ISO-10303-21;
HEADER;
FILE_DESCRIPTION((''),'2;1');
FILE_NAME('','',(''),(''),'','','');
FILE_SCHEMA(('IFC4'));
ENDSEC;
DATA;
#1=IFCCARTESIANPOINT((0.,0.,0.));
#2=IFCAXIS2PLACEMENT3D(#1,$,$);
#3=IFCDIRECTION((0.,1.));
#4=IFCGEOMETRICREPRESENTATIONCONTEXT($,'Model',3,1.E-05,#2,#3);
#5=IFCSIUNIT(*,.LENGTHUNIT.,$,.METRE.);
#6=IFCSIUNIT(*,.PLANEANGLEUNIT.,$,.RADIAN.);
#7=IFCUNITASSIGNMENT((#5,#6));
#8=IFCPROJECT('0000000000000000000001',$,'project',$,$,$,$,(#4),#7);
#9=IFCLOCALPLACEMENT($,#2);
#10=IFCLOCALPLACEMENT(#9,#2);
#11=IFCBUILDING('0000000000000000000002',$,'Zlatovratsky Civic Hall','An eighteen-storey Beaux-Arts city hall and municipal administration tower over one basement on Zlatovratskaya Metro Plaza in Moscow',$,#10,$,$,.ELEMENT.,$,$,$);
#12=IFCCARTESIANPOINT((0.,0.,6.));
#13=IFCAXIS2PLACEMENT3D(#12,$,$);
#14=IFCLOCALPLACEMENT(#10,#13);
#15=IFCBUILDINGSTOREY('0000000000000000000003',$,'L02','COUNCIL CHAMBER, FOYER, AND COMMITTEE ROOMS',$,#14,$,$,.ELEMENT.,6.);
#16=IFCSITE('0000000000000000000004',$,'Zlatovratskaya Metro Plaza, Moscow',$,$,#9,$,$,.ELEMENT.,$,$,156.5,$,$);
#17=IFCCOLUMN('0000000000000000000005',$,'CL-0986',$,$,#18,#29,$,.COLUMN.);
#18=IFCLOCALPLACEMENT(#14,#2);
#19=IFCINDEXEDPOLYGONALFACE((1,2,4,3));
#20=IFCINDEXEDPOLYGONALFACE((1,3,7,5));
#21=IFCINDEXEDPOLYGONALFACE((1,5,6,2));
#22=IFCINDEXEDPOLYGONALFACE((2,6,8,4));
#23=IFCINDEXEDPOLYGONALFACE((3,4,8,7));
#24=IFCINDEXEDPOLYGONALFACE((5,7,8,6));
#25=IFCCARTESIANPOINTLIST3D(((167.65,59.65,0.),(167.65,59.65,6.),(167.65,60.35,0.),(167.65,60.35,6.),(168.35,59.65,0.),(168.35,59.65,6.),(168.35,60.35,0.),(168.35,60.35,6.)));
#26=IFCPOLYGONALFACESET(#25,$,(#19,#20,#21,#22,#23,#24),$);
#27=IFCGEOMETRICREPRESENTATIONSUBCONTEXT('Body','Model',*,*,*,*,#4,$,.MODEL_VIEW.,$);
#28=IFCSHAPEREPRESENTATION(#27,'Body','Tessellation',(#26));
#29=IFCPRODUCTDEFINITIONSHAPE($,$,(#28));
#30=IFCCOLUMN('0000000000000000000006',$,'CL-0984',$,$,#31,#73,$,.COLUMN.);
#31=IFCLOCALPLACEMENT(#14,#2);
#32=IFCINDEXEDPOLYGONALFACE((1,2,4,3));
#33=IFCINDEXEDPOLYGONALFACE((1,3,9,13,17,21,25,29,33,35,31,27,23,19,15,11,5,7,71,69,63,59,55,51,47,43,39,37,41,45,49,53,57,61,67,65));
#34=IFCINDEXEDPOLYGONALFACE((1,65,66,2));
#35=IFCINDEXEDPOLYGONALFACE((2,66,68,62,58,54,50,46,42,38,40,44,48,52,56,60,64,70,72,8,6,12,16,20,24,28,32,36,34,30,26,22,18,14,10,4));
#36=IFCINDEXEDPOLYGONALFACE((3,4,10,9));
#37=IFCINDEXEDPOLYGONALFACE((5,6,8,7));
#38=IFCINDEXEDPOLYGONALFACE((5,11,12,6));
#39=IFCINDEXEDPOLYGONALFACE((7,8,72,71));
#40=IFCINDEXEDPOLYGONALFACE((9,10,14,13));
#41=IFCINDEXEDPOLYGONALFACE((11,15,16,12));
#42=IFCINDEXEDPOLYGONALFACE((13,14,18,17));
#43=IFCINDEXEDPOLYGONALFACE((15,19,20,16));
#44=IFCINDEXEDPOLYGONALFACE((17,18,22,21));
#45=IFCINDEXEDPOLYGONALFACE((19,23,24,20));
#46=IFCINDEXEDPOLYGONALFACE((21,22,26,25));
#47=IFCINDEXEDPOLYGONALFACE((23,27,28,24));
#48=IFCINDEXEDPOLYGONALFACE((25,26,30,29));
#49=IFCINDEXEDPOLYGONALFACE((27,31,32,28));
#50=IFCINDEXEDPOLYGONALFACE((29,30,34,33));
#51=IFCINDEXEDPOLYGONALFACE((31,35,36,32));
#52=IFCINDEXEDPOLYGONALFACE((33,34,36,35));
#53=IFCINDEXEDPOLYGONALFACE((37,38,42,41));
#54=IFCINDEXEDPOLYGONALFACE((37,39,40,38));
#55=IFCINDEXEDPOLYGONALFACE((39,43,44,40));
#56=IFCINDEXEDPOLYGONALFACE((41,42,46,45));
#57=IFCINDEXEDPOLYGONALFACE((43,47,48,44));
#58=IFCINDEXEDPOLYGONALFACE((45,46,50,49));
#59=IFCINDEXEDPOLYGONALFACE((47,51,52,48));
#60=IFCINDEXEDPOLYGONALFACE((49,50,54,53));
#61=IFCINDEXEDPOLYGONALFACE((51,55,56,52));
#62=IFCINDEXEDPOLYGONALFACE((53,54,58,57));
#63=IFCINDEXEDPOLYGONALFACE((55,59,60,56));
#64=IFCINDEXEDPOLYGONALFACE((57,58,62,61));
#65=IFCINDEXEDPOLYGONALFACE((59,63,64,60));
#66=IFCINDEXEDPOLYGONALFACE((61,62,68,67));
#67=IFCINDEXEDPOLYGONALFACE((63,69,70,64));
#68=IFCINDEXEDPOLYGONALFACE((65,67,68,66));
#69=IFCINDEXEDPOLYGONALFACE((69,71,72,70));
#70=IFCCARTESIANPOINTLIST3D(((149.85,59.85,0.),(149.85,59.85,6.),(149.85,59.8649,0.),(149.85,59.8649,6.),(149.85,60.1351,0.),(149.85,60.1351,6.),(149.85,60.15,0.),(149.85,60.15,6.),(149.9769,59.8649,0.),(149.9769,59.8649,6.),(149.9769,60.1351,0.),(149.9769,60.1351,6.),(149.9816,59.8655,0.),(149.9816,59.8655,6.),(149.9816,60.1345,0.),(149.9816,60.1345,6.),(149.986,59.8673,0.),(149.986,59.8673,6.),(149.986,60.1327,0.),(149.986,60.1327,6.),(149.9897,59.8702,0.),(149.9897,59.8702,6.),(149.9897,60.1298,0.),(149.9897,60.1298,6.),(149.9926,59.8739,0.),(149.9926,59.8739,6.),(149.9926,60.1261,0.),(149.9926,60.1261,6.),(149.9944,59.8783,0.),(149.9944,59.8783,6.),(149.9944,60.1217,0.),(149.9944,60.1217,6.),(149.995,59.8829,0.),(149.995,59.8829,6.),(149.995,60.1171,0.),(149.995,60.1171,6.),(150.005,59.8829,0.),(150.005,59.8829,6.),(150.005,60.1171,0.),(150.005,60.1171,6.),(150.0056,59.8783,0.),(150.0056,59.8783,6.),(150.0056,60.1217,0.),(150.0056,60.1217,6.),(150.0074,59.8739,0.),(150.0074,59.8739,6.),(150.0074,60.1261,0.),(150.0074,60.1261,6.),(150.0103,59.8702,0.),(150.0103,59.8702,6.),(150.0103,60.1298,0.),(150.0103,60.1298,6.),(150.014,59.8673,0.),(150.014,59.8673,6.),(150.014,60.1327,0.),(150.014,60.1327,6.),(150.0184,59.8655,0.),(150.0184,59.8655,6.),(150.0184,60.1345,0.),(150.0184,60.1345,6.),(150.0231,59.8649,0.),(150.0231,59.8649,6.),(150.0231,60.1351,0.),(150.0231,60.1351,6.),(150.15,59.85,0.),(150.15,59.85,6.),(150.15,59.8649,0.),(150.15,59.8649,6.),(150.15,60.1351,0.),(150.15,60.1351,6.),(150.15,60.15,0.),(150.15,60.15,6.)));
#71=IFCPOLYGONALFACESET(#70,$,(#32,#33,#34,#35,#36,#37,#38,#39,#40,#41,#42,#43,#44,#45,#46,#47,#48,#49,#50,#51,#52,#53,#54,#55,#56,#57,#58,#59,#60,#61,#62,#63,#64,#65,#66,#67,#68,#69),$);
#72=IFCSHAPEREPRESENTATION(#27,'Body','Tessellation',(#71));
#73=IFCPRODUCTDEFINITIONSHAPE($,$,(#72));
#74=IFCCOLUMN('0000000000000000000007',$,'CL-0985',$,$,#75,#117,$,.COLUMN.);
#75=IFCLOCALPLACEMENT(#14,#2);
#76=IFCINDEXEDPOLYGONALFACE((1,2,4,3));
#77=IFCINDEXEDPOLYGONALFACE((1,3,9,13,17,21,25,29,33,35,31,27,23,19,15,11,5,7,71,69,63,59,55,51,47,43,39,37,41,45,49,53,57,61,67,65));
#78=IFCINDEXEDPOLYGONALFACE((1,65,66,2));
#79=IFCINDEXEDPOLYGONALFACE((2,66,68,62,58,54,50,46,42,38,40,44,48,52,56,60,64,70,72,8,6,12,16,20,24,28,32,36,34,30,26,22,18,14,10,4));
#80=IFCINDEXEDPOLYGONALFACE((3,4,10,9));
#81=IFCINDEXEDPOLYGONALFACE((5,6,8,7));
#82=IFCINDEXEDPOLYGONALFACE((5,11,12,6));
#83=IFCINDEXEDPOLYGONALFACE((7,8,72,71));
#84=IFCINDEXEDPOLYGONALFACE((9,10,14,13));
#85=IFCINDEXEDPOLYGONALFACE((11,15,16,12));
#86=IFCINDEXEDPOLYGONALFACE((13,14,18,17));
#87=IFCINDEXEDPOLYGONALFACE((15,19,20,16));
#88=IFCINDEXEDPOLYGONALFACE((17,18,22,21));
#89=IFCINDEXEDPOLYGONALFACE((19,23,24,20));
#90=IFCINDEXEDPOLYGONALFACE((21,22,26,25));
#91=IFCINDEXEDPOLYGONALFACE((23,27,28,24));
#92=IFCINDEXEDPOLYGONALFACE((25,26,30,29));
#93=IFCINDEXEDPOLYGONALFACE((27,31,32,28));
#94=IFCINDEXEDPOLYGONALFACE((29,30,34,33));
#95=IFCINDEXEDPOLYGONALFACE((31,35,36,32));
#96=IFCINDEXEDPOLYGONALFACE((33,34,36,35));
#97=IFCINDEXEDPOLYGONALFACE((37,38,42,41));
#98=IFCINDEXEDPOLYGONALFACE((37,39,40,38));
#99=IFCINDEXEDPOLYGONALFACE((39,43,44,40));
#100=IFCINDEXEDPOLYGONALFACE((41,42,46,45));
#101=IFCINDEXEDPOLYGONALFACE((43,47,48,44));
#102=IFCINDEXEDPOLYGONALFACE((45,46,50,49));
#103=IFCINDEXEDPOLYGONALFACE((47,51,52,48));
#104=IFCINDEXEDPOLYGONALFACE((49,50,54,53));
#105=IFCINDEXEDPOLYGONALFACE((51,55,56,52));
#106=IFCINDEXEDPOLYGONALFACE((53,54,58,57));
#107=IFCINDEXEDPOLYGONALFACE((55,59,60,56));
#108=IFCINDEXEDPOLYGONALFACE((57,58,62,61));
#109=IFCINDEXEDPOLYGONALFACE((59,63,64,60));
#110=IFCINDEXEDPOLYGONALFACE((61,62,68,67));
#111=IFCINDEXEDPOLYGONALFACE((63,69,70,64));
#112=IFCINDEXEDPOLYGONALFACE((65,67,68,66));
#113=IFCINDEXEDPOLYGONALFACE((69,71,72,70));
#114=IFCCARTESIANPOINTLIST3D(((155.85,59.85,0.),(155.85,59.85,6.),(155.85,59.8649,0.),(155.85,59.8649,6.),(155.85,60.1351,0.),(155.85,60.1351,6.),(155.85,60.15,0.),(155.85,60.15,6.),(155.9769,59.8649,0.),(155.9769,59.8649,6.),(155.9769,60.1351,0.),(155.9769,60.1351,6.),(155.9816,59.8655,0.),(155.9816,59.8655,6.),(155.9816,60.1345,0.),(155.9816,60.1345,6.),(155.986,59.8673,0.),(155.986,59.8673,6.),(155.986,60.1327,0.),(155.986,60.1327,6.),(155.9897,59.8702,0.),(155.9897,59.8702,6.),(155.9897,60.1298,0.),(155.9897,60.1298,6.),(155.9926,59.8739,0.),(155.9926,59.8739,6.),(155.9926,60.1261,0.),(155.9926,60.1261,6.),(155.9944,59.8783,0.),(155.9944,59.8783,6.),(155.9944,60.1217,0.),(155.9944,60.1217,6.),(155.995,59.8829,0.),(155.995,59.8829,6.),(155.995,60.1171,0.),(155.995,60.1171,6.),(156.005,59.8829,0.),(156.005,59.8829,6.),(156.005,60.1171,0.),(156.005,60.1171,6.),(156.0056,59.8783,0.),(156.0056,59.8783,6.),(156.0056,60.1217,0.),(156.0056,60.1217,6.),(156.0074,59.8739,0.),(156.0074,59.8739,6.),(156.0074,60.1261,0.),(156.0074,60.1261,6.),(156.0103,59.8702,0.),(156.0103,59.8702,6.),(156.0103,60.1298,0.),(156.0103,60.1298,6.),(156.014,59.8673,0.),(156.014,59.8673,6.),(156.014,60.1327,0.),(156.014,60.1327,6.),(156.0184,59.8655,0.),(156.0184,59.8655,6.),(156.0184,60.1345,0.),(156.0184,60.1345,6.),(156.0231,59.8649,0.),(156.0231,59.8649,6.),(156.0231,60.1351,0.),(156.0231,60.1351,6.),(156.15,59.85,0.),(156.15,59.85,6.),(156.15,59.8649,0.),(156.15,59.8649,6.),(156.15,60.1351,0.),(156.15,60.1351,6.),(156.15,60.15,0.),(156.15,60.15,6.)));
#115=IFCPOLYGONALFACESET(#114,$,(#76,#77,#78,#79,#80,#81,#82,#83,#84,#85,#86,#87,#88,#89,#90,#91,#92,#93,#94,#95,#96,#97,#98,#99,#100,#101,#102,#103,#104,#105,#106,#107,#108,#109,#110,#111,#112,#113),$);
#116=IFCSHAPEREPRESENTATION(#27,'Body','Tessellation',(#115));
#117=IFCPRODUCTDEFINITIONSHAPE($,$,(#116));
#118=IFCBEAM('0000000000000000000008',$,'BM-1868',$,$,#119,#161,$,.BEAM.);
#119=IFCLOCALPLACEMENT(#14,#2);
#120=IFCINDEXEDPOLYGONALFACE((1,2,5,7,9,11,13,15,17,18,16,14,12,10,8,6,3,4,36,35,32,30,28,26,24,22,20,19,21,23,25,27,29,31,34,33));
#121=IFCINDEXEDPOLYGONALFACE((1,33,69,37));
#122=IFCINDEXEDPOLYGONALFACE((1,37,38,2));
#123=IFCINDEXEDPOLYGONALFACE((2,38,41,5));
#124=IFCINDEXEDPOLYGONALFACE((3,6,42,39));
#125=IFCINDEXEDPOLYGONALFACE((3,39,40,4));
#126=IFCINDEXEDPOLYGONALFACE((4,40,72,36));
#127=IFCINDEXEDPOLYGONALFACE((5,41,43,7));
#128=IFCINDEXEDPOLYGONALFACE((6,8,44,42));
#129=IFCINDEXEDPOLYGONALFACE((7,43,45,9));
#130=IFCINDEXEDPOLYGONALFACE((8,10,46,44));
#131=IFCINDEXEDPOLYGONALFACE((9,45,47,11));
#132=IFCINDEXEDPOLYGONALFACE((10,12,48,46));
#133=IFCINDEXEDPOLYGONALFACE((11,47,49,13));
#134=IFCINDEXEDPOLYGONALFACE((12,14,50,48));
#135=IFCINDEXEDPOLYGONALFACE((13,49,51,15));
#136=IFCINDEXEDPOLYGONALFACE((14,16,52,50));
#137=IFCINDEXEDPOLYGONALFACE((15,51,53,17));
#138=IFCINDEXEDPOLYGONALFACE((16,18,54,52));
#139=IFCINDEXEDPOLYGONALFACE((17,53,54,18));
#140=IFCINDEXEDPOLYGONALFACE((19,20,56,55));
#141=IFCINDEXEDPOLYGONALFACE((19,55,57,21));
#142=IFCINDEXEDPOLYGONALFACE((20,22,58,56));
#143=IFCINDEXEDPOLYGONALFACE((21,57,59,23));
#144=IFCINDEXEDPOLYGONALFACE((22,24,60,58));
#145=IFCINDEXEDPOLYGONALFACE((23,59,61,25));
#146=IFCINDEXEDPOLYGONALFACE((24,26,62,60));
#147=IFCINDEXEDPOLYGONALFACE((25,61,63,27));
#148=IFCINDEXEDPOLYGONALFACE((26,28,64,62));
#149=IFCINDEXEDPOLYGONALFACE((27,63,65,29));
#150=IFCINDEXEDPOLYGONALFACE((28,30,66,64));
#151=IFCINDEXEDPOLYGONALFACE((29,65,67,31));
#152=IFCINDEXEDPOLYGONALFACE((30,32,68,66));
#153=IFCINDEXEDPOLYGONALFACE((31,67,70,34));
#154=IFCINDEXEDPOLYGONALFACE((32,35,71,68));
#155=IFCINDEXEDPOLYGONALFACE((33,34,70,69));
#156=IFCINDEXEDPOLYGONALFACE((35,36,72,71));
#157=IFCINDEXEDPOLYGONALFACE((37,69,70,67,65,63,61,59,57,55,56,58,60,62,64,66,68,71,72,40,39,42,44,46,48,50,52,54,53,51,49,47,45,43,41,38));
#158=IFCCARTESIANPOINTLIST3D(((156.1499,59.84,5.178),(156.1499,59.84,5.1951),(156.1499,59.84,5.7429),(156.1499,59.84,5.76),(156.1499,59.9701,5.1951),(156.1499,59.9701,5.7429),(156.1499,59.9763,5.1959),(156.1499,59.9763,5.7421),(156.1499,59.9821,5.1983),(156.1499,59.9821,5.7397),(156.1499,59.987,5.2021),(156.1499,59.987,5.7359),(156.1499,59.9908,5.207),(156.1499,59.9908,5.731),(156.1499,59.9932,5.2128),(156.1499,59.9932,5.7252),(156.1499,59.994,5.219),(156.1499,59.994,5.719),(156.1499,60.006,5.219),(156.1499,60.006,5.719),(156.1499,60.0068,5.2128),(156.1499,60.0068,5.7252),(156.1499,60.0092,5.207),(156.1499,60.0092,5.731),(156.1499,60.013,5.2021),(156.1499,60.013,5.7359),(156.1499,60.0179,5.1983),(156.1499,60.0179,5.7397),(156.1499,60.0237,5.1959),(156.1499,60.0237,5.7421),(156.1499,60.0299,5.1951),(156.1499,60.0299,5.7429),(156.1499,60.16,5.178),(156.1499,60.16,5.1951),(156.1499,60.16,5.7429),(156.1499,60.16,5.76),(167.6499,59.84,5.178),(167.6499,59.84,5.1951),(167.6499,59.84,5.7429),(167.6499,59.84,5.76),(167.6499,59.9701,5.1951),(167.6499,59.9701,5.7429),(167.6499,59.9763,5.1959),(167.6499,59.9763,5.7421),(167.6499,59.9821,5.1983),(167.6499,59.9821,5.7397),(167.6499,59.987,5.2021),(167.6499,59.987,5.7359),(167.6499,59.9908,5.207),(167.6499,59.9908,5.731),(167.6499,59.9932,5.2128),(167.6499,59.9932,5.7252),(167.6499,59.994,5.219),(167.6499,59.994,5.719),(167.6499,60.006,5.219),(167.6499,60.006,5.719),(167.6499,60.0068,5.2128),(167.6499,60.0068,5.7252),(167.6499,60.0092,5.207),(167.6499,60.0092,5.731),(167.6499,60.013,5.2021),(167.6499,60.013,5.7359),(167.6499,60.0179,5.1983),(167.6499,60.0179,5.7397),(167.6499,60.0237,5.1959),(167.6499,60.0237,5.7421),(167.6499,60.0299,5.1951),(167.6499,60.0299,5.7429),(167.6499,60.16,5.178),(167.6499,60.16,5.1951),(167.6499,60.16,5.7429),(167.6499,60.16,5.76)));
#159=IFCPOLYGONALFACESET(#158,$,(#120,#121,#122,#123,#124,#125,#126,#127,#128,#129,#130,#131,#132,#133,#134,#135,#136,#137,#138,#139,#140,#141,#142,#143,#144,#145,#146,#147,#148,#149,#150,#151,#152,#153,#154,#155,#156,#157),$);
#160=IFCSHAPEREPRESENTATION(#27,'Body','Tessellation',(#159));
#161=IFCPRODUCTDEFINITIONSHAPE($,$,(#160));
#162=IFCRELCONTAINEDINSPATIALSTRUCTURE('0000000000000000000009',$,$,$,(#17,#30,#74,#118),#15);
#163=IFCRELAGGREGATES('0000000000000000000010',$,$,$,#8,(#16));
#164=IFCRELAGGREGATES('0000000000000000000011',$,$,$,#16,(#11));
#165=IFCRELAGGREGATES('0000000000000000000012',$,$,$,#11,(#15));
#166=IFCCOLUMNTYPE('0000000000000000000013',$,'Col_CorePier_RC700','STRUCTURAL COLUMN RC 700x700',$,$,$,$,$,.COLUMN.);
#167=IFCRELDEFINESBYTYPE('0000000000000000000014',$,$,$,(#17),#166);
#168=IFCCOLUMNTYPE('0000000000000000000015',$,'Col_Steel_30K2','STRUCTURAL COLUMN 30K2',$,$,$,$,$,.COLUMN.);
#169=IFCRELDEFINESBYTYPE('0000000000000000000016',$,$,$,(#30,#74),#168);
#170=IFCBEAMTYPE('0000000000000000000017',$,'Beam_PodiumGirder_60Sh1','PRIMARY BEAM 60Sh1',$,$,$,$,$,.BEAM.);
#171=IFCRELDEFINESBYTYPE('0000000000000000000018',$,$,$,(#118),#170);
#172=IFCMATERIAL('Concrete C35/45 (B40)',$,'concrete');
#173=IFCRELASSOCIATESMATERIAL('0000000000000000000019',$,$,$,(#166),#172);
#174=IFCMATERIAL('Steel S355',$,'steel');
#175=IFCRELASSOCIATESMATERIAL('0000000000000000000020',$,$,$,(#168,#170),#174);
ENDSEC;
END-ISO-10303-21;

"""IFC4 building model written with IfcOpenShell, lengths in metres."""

from ifc_helpers import new_model, si_unit, direction, frame, origin, origin_2d, place, context, subcontext, project, spatial, rectangle, i_section, extrude, material, material_profile, profile_set, type_object, element, save


model = new_model("IFC4")

# Units and contexts
model_context = context("Model", 3, precision=1e-05, world=origin(), true_north=direction((0.0, 1.0)))
body_context = subcontext(model_context, "Body", "Model", "MODEL_VIEW")
ifc_project = project(units=[si_unit("LENGTHUNIT", "METRE"), si_unit("PLANEANGLEUNIT", "RADIAN")], contexts=[model_context])

# Site, building, storey
site_placement = place(None, origin())
site = spatial("IfcSite", under=ifc_project, at=site_placement, Name="Zlatovratskaya Metro Plaza, Moscow", CompositionType="ELEMENT", RefElevation=156.5)
building_placement = place(site_placement, origin())
building = spatial("IfcBuilding", under=site, at=building_placement, Name="Zlatovratsky Civic Hall", Description="An eighteen-storey Beaux-Arts city hall and municipal administration tower over one basement on Zlatovratskaya Metro Plaza in Moscow", CompositionType="ELEMENT")
storey_placement = place(building_placement, frame((0.0, 0.0, 6.0)))
storey = spatial("IfcBuildingStorey", under=building, at=storey_placement, Name="L02", Description="COUNCIL CHAMBER, FOYER, AND COMMITTEE ROOMS", CompositionType="ELEMENT", Elevation=6.0)

# Columns
ifc_material_1 = material(Name="Concrete C35/45 (B40)", Category="concrete")
ifc_material_profile_1 = material_profile(ifc_material_1, rectangle(XDim=0.7, YDim=0.7, at=origin_2d()), Name="RC 700x700")
ifc_profile_set_1 = profile_set([ifc_material_profile_1], Name="Concrete C35/45 (B40)")
column_type_1 = type_object("IfcColumnType", Name="Col_CorePier_RC700", Description="STRUCTURAL COLUMN RC 700x700", PredefinedType="COLUMN", material=ifc_profile_set_1)
column_placement = place(storey_placement, frame((168.0, 60.0, 0.0), z_axis=(0.0, 0.0, 1.0), x_axis=(1.0, 0.0, 0.0)))
element("IfcColumn", 1, at=column_placement, inside=storey, type_object=column_type_1, Name="CL-0986", PredefinedType="COLUMN", context=body_context, shape_type="SweptSolid", body=[
    extrude(rectangle(XDim=0.7, YDim=0.7, at=origin_2d()), origin(), (0.0, 0.0, 1.0), 6.0),
])
ifc_material_2 = material(Name="Steel S355", Category="steel")
ifc_material_profile_2 = material_profile(ifc_material_2, i_section(OverallWidth=0.3, OverallDepth=0.3, WebThickness=0.01, FlangeThickness=0.0149, FilletRadius=0.0181, at=origin_2d()), Name="30K2")
ifc_profile_set_2 = profile_set([ifc_material_profile_2], Name="Steel S355")
column_type_2 = type_object("IfcColumnType", Name="Col_Steel_30K2", Description="STRUCTURAL COLUMN 30K2", PredefinedType="COLUMN", material=ifc_profile_set_2)
for number, where, z_axis, x_axis, name in (
    (2, (150.0, 60.0, 0.0), (0.0, 0.0, 1.0), (1.0, 0.0, 0.0), "CL-0984"),
    (3, (156.0, 60.0, 0.0), (0.0, 0.0, 1.0), (1.0, 0.0, 0.0), "CL-0985"),
):
    element("IfcColumn", number, at=place(storey_placement, frame(where, z_axis=z_axis, x_axis=x_axis)), inside=storey, type_object=column_type_2, Name=name, PredefinedType="COLUMN", context=body_context, shape_type="SweptSolid", body=[
        extrude(i_section(OverallWidth=0.3, OverallDepth=0.3, WebThickness=0.01, FlangeThickness=0.0149, FilletRadius=0.0181, at=origin_2d()), origin(), (0.0, 0.0, 1.0), 6.0),
    ])

# Beam
ifc_material_profile_3 = material_profile(ifc_material_2, i_section(OverallWidth=0.3201, OverallDepth=0.582, WebThickness=0.012, FlangeThickness=0.0171, FilletRadius=0.0239, at=origin_2d()), Name="60Sh1")
ifc_profile_set_3 = profile_set([ifc_material_profile_3], Name="Steel S355")
beam_type_1 = type_object("IfcBeamType", Name="Beam_PodiumGirder_60Sh1", Description="PRIMARY BEAM 60Sh1", PredefinedType="BEAM", material=ifc_profile_set_3)
beam_1_placement = place(storey_placement, frame((156.1499, 60.0, 5.469), z_axis=(1.0, 0.0, 0.0), x_axis=(0.0, 1.0, 0.0)))
element("IfcBeam", 4, at=beam_1_placement, inside=storey, type_object=beam_type_1, Name="BM-1868", PredefinedType="BEAM", context=body_context, shape_type="SweptSolid", body=[
    extrude(i_section(OverallWidth=0.3201, OverallDepth=0.582, WebThickness=0.012, FlangeThickness=0.0171, FilletRadius=0.0239, at=origin_2d()), origin(), (0.0, 0.0, 1.0), 11.5),
])

save(model, "model.ifc")
